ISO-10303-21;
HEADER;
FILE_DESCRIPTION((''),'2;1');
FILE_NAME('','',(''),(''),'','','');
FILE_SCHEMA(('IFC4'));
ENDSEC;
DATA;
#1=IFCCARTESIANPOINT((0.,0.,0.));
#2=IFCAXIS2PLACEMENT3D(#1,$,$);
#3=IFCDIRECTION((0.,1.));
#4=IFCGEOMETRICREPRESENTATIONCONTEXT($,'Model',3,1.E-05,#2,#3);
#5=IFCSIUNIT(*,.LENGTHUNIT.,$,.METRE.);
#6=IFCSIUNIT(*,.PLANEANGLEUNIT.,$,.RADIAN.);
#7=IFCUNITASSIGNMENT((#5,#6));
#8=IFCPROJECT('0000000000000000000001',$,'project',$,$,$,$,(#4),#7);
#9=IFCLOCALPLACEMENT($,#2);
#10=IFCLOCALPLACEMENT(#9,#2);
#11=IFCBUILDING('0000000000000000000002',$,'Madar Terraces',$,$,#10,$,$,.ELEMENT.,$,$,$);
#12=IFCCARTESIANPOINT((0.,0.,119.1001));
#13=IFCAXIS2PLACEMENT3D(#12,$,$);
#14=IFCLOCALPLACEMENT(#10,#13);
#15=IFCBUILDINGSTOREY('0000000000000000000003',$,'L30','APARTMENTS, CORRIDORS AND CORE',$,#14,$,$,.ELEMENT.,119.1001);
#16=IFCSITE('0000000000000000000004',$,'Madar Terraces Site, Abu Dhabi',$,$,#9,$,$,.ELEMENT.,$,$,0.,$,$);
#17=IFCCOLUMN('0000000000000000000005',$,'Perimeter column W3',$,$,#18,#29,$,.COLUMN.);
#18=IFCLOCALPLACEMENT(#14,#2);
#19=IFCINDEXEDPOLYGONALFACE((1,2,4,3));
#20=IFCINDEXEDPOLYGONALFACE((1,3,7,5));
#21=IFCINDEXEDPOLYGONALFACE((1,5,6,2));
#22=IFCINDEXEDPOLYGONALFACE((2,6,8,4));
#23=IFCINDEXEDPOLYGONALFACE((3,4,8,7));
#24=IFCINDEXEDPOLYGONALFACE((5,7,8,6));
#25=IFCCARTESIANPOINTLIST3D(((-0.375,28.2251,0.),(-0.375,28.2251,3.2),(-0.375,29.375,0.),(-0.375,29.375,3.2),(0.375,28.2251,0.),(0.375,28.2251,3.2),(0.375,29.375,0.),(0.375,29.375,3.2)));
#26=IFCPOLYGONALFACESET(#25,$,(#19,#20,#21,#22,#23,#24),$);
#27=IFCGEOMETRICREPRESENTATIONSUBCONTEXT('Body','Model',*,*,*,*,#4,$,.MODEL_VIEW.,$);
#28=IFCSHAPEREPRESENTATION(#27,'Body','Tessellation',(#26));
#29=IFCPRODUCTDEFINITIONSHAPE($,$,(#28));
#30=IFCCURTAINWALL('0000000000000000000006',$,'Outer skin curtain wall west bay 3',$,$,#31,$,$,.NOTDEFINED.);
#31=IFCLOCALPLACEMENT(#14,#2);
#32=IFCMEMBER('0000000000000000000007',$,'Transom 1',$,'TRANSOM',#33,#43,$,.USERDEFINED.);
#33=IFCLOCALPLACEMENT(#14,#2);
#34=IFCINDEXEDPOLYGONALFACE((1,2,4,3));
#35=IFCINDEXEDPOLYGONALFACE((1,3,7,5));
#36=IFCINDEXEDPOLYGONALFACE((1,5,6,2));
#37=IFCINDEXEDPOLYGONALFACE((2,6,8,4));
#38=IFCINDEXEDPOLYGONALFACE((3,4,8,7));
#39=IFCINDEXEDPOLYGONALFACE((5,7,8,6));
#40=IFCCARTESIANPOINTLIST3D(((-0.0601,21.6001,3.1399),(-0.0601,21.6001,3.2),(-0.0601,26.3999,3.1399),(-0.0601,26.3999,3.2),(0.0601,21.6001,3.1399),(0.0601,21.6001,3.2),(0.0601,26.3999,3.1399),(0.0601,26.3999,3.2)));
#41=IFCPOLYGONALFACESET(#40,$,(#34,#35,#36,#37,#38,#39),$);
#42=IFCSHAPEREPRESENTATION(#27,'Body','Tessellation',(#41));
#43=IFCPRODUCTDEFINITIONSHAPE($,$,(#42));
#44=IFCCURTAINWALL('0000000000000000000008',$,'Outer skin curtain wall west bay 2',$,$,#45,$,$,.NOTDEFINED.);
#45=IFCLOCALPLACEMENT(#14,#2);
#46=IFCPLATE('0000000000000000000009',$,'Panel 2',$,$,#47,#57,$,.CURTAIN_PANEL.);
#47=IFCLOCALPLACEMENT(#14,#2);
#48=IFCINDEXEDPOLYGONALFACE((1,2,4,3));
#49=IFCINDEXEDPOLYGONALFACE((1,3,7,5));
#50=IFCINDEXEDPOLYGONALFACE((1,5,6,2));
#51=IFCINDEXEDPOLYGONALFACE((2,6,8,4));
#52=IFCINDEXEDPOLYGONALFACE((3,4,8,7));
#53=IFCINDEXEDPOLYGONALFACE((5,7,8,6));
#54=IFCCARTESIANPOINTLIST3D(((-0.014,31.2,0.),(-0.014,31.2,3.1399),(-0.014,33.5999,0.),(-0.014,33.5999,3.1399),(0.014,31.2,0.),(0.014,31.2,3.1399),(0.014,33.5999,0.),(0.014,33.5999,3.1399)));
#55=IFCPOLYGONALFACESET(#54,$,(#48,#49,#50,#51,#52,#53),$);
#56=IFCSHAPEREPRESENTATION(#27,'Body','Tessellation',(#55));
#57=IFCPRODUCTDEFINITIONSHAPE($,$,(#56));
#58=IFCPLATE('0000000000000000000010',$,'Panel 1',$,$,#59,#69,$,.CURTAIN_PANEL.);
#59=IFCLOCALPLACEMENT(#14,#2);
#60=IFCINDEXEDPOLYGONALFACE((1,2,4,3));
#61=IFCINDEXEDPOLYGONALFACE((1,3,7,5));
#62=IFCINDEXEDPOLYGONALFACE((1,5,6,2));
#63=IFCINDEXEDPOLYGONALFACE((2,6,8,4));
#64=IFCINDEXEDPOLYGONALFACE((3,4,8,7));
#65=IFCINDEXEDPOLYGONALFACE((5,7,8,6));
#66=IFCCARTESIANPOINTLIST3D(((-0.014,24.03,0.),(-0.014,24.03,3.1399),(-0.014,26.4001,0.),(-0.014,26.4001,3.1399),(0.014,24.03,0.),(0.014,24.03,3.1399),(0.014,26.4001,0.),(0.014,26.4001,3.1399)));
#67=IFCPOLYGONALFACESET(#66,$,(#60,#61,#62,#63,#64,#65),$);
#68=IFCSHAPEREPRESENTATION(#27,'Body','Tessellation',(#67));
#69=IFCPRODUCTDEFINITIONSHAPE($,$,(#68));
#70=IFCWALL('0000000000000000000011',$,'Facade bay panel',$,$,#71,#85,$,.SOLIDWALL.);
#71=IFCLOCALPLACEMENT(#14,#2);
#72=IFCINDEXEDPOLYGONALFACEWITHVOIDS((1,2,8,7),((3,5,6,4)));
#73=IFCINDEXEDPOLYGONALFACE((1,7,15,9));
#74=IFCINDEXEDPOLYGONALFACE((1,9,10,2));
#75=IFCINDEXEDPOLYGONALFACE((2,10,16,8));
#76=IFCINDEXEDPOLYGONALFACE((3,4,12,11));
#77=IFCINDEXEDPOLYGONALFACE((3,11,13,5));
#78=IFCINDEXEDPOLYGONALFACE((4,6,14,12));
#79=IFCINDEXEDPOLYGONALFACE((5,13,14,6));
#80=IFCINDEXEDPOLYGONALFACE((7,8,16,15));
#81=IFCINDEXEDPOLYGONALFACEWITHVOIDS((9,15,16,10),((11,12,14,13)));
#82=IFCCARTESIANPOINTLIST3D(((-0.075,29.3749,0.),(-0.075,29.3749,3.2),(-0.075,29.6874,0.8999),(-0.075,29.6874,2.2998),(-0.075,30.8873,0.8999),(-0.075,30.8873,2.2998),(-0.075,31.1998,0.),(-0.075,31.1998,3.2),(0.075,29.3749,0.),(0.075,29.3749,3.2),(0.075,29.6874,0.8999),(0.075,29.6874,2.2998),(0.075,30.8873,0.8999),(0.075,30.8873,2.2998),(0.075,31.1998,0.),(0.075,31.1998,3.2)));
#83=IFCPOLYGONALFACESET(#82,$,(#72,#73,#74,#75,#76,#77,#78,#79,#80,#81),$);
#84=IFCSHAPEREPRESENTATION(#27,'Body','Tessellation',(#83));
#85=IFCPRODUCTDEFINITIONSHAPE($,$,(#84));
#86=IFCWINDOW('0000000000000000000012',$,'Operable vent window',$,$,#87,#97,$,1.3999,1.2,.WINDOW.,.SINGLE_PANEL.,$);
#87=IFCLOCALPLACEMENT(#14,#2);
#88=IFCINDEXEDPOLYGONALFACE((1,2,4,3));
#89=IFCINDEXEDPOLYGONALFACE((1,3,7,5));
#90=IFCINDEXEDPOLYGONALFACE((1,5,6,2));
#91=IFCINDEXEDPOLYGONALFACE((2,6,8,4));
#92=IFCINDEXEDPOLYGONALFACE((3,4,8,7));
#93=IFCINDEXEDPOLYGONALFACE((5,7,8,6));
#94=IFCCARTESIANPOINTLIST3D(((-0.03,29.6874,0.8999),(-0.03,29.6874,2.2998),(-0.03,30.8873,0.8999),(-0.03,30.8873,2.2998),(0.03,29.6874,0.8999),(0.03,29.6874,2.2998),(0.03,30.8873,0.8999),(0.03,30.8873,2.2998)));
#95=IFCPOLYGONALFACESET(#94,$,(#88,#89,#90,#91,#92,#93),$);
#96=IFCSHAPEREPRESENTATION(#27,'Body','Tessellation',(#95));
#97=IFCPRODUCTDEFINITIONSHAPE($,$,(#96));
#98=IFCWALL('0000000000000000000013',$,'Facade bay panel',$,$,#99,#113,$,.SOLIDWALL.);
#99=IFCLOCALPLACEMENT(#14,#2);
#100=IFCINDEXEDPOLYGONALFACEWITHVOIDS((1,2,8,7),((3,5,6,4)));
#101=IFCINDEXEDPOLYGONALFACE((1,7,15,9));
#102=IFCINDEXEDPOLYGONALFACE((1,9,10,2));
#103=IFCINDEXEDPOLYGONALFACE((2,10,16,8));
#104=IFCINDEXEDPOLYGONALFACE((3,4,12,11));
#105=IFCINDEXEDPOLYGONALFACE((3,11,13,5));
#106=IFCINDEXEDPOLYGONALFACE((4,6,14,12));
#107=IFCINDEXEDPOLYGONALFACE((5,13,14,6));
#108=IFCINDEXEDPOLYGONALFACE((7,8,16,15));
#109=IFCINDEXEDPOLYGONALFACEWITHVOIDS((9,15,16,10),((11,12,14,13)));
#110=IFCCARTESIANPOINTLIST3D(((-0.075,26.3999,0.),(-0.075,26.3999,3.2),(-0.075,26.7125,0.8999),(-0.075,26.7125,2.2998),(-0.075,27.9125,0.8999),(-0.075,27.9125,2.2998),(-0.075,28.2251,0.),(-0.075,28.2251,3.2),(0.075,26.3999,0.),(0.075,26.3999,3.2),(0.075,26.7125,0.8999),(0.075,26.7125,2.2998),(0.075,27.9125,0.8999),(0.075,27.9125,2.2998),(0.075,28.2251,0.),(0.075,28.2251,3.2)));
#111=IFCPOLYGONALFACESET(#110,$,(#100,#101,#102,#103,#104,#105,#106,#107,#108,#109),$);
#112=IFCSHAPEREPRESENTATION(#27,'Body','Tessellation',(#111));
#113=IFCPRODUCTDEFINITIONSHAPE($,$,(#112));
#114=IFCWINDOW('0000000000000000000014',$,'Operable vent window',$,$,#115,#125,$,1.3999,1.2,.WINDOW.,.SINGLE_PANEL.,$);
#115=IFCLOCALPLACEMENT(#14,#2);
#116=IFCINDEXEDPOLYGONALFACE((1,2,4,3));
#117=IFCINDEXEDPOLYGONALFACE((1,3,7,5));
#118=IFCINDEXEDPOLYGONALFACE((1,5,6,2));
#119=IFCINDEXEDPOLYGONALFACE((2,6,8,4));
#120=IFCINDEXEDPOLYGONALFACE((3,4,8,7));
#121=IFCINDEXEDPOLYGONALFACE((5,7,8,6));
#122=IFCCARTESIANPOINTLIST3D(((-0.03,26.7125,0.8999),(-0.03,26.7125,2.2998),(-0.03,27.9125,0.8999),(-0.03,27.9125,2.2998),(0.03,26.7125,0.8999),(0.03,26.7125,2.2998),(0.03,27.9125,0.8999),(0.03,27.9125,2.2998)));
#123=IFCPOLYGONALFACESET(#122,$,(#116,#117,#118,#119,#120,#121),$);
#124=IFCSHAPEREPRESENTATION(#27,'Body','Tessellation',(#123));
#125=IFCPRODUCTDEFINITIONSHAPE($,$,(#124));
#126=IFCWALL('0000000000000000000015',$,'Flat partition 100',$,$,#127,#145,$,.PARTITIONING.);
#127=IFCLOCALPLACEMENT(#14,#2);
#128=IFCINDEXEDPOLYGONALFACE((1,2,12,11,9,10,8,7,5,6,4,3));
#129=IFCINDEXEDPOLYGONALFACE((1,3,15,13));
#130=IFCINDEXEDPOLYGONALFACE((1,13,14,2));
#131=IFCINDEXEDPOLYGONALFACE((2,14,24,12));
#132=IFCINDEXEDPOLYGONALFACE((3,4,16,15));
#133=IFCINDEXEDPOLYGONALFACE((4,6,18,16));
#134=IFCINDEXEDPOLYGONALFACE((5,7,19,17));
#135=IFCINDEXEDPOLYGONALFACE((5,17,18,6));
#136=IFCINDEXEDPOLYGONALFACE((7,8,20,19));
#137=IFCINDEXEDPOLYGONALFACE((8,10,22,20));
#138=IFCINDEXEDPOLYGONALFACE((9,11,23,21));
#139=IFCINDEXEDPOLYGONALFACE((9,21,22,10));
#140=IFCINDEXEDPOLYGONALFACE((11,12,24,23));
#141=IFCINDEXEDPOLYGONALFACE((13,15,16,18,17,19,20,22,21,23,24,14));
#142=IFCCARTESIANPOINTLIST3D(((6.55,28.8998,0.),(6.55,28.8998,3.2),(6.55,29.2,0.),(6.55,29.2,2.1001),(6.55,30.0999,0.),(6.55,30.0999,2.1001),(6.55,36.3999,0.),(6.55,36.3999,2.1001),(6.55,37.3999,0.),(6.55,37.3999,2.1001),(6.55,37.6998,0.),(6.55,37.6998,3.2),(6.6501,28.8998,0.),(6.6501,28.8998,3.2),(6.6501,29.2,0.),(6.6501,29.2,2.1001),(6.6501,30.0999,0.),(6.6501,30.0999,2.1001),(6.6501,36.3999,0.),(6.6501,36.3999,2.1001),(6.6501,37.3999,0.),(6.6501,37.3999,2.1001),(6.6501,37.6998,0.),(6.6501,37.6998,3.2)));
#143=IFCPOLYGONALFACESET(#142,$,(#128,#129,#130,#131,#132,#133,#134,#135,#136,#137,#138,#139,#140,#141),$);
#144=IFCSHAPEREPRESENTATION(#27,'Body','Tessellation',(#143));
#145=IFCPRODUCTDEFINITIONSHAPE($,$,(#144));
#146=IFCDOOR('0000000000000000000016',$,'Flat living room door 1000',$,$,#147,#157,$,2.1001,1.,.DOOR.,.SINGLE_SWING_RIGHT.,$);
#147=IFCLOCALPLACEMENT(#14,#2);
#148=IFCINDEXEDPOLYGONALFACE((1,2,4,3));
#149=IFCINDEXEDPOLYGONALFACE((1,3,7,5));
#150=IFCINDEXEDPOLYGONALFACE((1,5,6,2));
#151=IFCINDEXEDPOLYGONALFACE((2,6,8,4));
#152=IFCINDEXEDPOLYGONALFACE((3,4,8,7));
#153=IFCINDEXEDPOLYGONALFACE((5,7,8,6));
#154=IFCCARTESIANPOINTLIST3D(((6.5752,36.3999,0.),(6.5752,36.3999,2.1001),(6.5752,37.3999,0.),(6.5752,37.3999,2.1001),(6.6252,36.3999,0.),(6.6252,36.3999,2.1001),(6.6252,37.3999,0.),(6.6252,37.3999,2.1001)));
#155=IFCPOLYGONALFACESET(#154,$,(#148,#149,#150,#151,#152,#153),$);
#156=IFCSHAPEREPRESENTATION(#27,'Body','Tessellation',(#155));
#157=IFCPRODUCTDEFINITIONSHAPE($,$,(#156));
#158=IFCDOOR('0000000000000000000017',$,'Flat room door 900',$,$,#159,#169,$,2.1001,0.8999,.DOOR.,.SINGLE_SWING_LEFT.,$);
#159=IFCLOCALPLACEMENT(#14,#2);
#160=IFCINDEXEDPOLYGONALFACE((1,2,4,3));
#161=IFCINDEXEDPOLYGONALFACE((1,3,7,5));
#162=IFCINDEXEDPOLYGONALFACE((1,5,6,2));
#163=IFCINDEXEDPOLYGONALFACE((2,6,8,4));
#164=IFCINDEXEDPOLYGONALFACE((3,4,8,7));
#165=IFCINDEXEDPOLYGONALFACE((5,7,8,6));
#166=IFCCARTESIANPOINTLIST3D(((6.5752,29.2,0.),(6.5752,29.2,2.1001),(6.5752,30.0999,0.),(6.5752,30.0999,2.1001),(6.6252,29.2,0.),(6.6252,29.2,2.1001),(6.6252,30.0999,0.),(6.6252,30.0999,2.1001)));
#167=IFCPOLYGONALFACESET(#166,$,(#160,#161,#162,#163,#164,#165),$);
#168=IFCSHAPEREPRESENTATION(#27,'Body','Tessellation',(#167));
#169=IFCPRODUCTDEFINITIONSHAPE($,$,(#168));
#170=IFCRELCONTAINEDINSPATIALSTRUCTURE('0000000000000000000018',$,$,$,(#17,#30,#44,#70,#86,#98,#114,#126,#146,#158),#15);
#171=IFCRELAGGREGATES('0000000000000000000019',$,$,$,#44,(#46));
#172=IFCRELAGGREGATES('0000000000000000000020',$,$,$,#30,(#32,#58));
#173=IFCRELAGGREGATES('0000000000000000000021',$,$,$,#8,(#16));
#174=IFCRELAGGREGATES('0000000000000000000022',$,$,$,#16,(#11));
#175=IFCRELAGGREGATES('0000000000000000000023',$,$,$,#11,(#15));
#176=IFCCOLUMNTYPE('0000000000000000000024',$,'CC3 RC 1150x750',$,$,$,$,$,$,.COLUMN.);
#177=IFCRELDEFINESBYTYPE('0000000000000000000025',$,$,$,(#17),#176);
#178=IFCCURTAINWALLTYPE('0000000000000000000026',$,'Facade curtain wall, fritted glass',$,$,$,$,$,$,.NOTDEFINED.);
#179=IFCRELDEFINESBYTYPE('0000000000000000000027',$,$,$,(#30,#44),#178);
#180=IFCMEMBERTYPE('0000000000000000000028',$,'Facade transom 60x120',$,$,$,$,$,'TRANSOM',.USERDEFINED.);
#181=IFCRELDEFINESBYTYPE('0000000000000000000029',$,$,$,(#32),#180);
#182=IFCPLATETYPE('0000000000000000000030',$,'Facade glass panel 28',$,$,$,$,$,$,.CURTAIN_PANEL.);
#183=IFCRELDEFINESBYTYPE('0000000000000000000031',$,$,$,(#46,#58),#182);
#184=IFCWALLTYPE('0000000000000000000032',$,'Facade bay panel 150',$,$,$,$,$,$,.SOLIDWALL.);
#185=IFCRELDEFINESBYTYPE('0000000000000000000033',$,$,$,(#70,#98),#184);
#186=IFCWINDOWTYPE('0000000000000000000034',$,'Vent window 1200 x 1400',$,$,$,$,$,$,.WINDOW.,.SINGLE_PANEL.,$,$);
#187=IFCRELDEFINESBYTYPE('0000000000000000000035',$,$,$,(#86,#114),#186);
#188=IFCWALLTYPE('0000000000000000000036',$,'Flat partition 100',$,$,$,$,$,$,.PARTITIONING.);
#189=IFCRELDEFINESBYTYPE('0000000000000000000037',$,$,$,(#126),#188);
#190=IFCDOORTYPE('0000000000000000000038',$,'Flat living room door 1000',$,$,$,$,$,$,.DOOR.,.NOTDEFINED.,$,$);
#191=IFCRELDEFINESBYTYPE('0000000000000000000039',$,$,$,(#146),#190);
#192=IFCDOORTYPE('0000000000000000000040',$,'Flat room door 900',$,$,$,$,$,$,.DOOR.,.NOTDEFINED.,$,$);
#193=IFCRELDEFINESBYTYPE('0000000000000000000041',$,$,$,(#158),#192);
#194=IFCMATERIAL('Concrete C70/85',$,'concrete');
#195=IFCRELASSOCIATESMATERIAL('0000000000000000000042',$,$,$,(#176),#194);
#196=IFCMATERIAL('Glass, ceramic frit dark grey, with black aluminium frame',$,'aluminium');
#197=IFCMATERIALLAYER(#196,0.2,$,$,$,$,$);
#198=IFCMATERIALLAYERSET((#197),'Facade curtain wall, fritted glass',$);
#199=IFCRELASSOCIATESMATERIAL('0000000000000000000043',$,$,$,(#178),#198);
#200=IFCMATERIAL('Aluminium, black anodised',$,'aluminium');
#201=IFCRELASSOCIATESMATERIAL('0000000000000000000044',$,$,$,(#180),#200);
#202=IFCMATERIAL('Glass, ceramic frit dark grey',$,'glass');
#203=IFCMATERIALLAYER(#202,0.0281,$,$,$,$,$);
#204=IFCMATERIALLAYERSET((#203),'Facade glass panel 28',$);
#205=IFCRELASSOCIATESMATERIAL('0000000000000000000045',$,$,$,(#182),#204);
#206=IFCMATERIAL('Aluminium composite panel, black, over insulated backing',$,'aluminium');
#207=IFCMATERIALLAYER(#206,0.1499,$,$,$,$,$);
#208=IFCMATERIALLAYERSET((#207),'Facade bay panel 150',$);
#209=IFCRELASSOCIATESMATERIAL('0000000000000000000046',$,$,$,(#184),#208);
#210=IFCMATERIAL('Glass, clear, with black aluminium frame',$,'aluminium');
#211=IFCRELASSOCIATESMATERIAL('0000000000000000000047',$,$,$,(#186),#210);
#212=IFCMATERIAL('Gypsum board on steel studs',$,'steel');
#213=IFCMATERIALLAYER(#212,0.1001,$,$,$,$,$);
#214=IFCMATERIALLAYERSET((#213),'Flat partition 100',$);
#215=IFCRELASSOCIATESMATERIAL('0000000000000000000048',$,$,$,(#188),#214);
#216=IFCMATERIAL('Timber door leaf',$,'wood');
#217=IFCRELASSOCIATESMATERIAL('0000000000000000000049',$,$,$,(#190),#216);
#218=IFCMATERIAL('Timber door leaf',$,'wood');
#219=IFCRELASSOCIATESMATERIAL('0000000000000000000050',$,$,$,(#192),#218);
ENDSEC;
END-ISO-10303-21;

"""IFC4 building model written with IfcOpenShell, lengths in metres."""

from ifc_helpers import new_model, si_unit, direction, frame, frame_2d, origin, origin_2d, place, context, subcontext, project, spatial, rectangle, extrude, material, layer, layer_set, material_profile, profile_set, type_object, element, fill, aggregate, save


model = new_model("IFC4")

# Units and contexts
model_context = context("Model", 3, precision=1e-05, world=origin(), true_north=direction((0.0, 1.0)))
body_context = subcontext(model_context, "Body", "Model", "MODEL_VIEW")
ifc_project = project(units=[si_unit("LENGTHUNIT", "METRE"), si_unit("PLANEANGLEUNIT", "RADIAN")], contexts=[model_context])

# Site, building, storey
site_placement = place(None, origin())
site = spatial("IfcSite", under=ifc_project, at=site_placement, Name="Madar Terraces Site, Abu Dhabi", CompositionType="ELEMENT", RefElevation=0.0)
building_placement = place(site_placement, origin())
building = spatial("IfcBuilding", under=site, at=building_placement, Name="Madar Terraces", CompositionType="ELEMENT")
storey_placement = place(building_placement, frame((0.0, 0.0, 119.1001)))
storey = spatial("IfcBuildingStorey", under=building, at=storey_placement, Name="L30", Description="APARTMENTS, CORRIDORS AND CORE", CompositionType="ELEMENT", Elevation=119.1001)

# Column
ifc_material_1 = material(Name="Concrete C70/85", Category="concrete")
ifc_material_profile_1 = material_profile(ifc_material_1, rectangle(XDim=1.1499, YDim=0.75, at=origin_2d()), Name="CC3 RC 1150x750")
ifc_profile_set_1 = profile_set([ifc_material_profile_1], Name="Concrete C70/85")
column_type = type_object("IfcColumnType", Name="CC3 RC 1150x750", PredefinedType="COLUMN", material=ifc_profile_set_1)
column_placement = place(storey_placement, frame((0.0, 28.8, 0.0), z_axis=(0.0, 0.0, 1.0), x_axis=(0.0, 1.0, 0.0)))
element("IfcColumn", 1, at=column_placement, inside=storey, type_object=column_type, Name="Perimeter column W3", PredefinedType="COLUMN", context=body_context, shape_type="SweptSolid", body=[
    extrude(rectangle(XDim=1.1499, YDim=0.75, at=origin_2d()), origin(), (0.0, 0.0, 1.0), 3.2),
])

# Curtain wall, member
ifc_material_2 = material(Name="Glass, ceramic frit dark grey, with black aluminium frame", Category="aluminium")
ifc_layer_1 = layer(ifc_material_2, 0.2)
ifc_layer_set_1 = layer_set([ifc_layer_1], Name="Facade curtain wall, fritted glass")
curtain_wall_type = type_object("IfcCurtainWallType", Name="Facade curtain wall, fritted glass", PredefinedType="NOTDEFINED", material=ifc_layer_set_1)
curtain_wall_1_placement = place(storey_placement, origin())
curtain_wall_1 = element("IfcCurtainWall", 2, at=curtain_wall_1_placement, inside=storey, type_object=curtain_wall_type, Name="Outer skin curtain wall west bay 3", PredefinedType="NOTDEFINED")
ifc_material_3 = material(Name="Aluminium, black anodised", Category="aluminium")
ifc_material_profile_2 = material_profile(ifc_material_3, rectangle(XDim=0.1201, YDim=0.0601, at=origin_2d()), Name="Facade transom 60x120")
ifc_profile_set_2 = profile_set([ifc_material_profile_2], Name="Aluminium, black anodised")
member_type = type_object("IfcMemberType", Name="Facade transom 60x120", ElementType="TRANSOM", PredefinedType="USERDEFINED", material=ifc_profile_set_2)
member_placement = place(storey_placement, frame((0.0, 26.3999, 3.1699), z_axis=(0.0, -1.0, 0.0), x_axis=(1.0, 0.0, 0.0)))
member = element("IfcMember", 3, at=member_placement, type_object=member_type, Name="Transom 1", ObjectType="TRANSOM", PredefinedType="USERDEFINED", context=body_context, shape_type="SweptSolid", body=[
    extrude(rectangle(XDim=0.1201, YDim=0.0601, at=origin_2d()), origin(), (0.0, 0.0, 1.0), 4.7998),
])

# Curtain wall, plate
curtain_wall_2_placement = place(storey_placement, origin())
curtain_wall_2 = element("IfcCurtainWall", 4, at=curtain_wall_2_placement, inside=storey, type_object=curtain_wall_type, Name="Outer skin curtain wall west bay 2", PredefinedType="NOTDEFINED")
ifc_material_4 = material(Name="Glass, ceramic frit dark grey", Category="glass")
ifc_layer_2 = layer(ifc_material_4, 0.0281)
ifc_layer_set_2 = layer_set([ifc_layer_2], Name="Facade glass panel 28")
plate_type = type_object("IfcPlateType", Name="Facade glass panel 28", PredefinedType="CURTAIN_PANEL", material=ifc_layer_set_2)
plate_1_placement = place(storey_placement, frame((0.0, 32.3999, 0.0), z_axis=(0.0, 0.0, 1.0), x_axis=(0.0, -1.0, 0.0)))
plate_1 = element("IfcPlate", 5, at=plate_1_placement, type_object=plate_type, Name="Panel 2", PredefinedType="CURTAIN_PANEL", context=body_context, shape_type="SweptSolid", body=[
    extrude(rectangle(XDim=2.3999, YDim=0.0281, at=origin_2d()), origin(), (0.0, 0.0, 1.0), 3.1399),
])
aggregate(curtain_wall_2, [plate_1])

# Plate
plate_2_placement = place(storey_placement, frame((0.0, 25.2151, 0.0), z_axis=(0.0, 0.0, 1.0), x_axis=(0.0, -1.0, 0.0)))
plate_2 = element("IfcPlate", 6, at=plate_2_placement, type_object=plate_type, Name="Panel 1", PredefinedType="CURTAIN_PANEL", context=body_context, shape_type="SweptSolid", body=[
    extrude(rectangle(XDim=2.3701, YDim=0.0281, at=origin_2d()), origin(), (0.0, 0.0, 1.0), 3.1399),
])
aggregate(curtain_wall_1, [member, plate_2])

# Walls, openings, windows
ifc_material_5 = material(Name="Aluminium composite panel, black, over insulated backing", Category="aluminium")
ifc_layer_3 = layer(ifc_material_5, 0.1499)
ifc_layer_set_3 = layer_set([ifc_layer_3], Name="Facade bay panel 150")
wall_type_1 = type_object("IfcWallType", Name="Facade bay panel 150", PredefinedType="SOLIDWALL", material=ifc_layer_set_3)
wall_1_placement = place(storey_placement, frame((0.0, 31.2, 0.0), z_axis=(0.0, 0.0, 1.0), x_axis=(0.0, -1.0, 0.0)))
wall_1 = element("IfcWall", 7, at=wall_1_placement, inside=storey, type_object=wall_type_1, Name="Facade bay panel", PredefinedType="SOLIDWALL", context=body_context, shape_type="SweptSolid", body=[
    extrude(rectangle(XDim=1.825, YDim=0.1499, at=frame_2d((0.9126, 0.0))), origin(), (0.0, 0.0, 1.0), 3.2),
])
opening_1_placement = place(wall_1_placement, frame((0.3125, 0.0, 0.8999)))
opening_1 = element("IfcOpeningElement", 8, at=opening_1_placement, cuts=wall_1, PredefinedType="OPENING", context=body_context, shape_type="SweptSolid", body=[
    extrude(rectangle(XDim=1.2, YDim=1.3999, at=frame_2d((0.6001, 0.7))), frame((0.0, 0.085, 0.0), z_axis=(0.0, -1.0, 0.0), x_axis=(1.0, 0.0, 0.0)), (0.0, 0.0, 1.0), 0.1699),
])
ifc_material_6 = material(Name="Glass, clear, with black aluminium frame", Category="aluminium")
window_type = type_object("IfcWindowType", Name="Vent window 1200 x 1400", PartitioningType="SINGLE_PANEL", PredefinedType="WINDOW", material=ifc_material_6)
window_1_placement = place(opening_1_placement, origin())
window_1 = element("IfcWindow", 9, at=window_1_placement, inside=storey, type_object=window_type, Name="Operable vent window", OverallHeight=1.3999, OverallWidth=1.2, PartitioningType="SINGLE_PANEL", PredefinedType="WINDOW", context=body_context, shape_type="SweptSolid", body=[
    extrude(rectangle(XDim=1.2, YDim=1.3999, at=frame_2d((0.6001, 0.7))), frame((0.0, 0.03, 0.0), z_axis=(0.0, -1.0, 0.0), x_axis=(1.0, 0.0, 0.0)), (0.0, 0.0, 1.0), 0.0601),
])
fill(opening_1, window_1)
wall_2_placement = place(storey_placement, frame((0.0, 28.2251, 0.0), z_axis=(0.0, 0.0, 1.0), x_axis=(0.0, -1.0, 0.0)))
wall_2 = element("IfcWall", 10, at=wall_2_placement, inside=storey, type_object=wall_type_1, Name="Facade bay panel", PredefinedType="SOLIDWALL", context=body_context, shape_type="SweptSolid", body=[
    extrude(rectangle(XDim=1.8252, YDim=0.1499, at=frame_2d((0.9126, 0.0))), origin(), (0.0, 0.0, 1.0), 3.2),
])
opening_2_placement = place(wall_2_placement, frame((0.3125, 0.0, 0.8999)))
opening_2 = element("IfcOpeningElement", 11, at=opening_2_placement, cuts=wall_2, PredefinedType="OPENING", context=body_context, shape_type="SweptSolid", body=[
    extrude(rectangle(XDim=1.2, YDim=1.3999, at=frame_2d((0.6001, 0.7))), frame((0.0, 0.085, 0.0), z_axis=(0.0, -1.0, 0.0), x_axis=(1.0, 0.0, 0.0)), (0.0, 0.0, 1.0), 0.1699),
])
window_2_placement = place(opening_2_placement, origin())
window_2 = element("IfcWindow", 12, at=window_2_placement, inside=storey, type_object=window_type, Name="Operable vent window", OverallHeight=1.3999, OverallWidth=1.2, PartitioningType="SINGLE_PANEL", PredefinedType="WINDOW", context=body_context, shape_type="SweptSolid", body=[
    extrude(rectangle(XDim=1.2, YDim=1.3999, at=frame_2d((0.6001, 0.7))), frame((0.0, 0.03, 0.0), z_axis=(0.0, -1.0, 0.0), x_axis=(1.0, 0.0, 0.0)), (0.0, 0.0, 1.0), 0.0601),
])
fill(opening_2, window_2)

# Wall, openings, doors
ifc_material_7 = material(Name="Gypsum board on steel studs", Category="steel")
ifc_layer_4 = layer(ifc_material_7, 0.1001)
ifc_layer_set_4 = layer_set([ifc_layer_4], Name="Flat partition 100")
wall_type_2 = type_object("IfcWallType", Name="Flat partition 100", PredefinedType="PARTITIONING", material=ifc_layer_set_4)
wall_3_placement = place(storey_placement, frame((6.6001, 28.8999, 0.0), z_axis=(0.0, 0.0, 1.0), x_axis=(0.0, 1.0, 0.0)))
wall_3 = element("IfcWall", 13, at=wall_3_placement, inside=storey, type_object=wall_type_2, Name="Flat partition 100", PredefinedType="PARTITIONING", context=body_context, shape_type="SweptSolid", body=[
    extrude(rectangle(XDim=8.8, YDim=0.1001, at=frame_2d((4.3999, 0.0))), origin(), (0.0, 0.0, 1.0), 3.2),
])
opening_3_placement = place(wall_3_placement, frame((7.5, 0.0, 0.0)))
opening_3 = element("IfcOpeningElement", 14, at=opening_3_placement, cuts=wall_3, PredefinedType="OPENING", context=body_context, shape_type="SweptSolid", body=[
    extrude(rectangle(XDim=1.0, YDim=2.1001, at=frame_2d((0.5, 1.05))), frame((0.0, 0.0601, 0.0), z_axis=(0.0, -1.0, 0.0), x_axis=(1.0, 0.0, 0.0)), (0.0, 0.0, 1.0), 0.1201),
])
opening_4_placement = place(wall_3_placement, frame((0.3, 0.0, 0.0)))
opening_4 = element("IfcOpeningElement", 15, at=opening_4_placement, cuts=wall_3, PredefinedType="OPENING", context=body_context, shape_type="SweptSolid", body=[
    extrude(rectangle(XDim=0.8999, YDim=2.1001, at=frame_2d((0.45, 1.05))), frame((0.0, 0.0601, 0.0), z_axis=(0.0, -1.0, 0.0), x_axis=(1.0, 0.0, 0.0)), (0.0, 0.0, 1.0), 0.1201),
])
ifc_material_8 = material(Name="Timber door leaf", Category="wood")
door_type_1 = type_object("IfcDoorType", Name="Flat living room door 1000", OperationType="NOTDEFINED", PredefinedType="DOOR", material=ifc_material_8)
door_1_placement = place(opening_3_placement, origin())
door_1 = element("IfcDoor", 16, at=door_1_placement, inside=storey, type_object=door_type_1, Name="Flat living room door 1000", OperationType="SINGLE_SWING_RIGHT", OverallHeight=2.1001, OverallWidth=1.0, PredefinedType="DOOR", context=body_context, shape_type="SweptSolid", body=[
    extrude(rectangle(XDim=1.0, YDim=2.1001, at=frame_2d((0.5, 1.05))), frame((0.0, 0.0249, 0.0), z_axis=(0.0, -1.0, 0.0), x_axis=(1.0, 0.0, 0.0)), (0.0, 0.0, 1.0), 0.05),
])
fill(opening_3, door_1)
ifc_material_9 = material(Name="Timber door leaf", Category="wood")
door_type_2 = type_object("IfcDoorType", Name="Flat room door 900", OperationType="NOTDEFINED", PredefinedType="DOOR", material=ifc_material_9)
door_2_placement = place(opening_4_placement, origin())
door_2 = element("IfcDoor", 17, at=door_2_placement, inside=storey, type_object=door_type_2, Name="Flat room door 900", OperationType="SINGLE_SWING_LEFT", OverallHeight=2.1001, OverallWidth=0.8999, PredefinedType="DOOR", context=body_context, shape_type="SweptSolid", body=[
    extrude(rectangle(XDim=0.8999, YDim=2.1001, at=frame_2d((0.45, 1.05))), frame((0.0, 0.0249, 0.0), z_axis=(0.0, -1.0, 0.0), x_axis=(1.0, 0.0, 0.0)), (0.0, 0.0, 1.0), 0.05),
])
fill(opening_4, door_2)

save(model, "model.ifc")
